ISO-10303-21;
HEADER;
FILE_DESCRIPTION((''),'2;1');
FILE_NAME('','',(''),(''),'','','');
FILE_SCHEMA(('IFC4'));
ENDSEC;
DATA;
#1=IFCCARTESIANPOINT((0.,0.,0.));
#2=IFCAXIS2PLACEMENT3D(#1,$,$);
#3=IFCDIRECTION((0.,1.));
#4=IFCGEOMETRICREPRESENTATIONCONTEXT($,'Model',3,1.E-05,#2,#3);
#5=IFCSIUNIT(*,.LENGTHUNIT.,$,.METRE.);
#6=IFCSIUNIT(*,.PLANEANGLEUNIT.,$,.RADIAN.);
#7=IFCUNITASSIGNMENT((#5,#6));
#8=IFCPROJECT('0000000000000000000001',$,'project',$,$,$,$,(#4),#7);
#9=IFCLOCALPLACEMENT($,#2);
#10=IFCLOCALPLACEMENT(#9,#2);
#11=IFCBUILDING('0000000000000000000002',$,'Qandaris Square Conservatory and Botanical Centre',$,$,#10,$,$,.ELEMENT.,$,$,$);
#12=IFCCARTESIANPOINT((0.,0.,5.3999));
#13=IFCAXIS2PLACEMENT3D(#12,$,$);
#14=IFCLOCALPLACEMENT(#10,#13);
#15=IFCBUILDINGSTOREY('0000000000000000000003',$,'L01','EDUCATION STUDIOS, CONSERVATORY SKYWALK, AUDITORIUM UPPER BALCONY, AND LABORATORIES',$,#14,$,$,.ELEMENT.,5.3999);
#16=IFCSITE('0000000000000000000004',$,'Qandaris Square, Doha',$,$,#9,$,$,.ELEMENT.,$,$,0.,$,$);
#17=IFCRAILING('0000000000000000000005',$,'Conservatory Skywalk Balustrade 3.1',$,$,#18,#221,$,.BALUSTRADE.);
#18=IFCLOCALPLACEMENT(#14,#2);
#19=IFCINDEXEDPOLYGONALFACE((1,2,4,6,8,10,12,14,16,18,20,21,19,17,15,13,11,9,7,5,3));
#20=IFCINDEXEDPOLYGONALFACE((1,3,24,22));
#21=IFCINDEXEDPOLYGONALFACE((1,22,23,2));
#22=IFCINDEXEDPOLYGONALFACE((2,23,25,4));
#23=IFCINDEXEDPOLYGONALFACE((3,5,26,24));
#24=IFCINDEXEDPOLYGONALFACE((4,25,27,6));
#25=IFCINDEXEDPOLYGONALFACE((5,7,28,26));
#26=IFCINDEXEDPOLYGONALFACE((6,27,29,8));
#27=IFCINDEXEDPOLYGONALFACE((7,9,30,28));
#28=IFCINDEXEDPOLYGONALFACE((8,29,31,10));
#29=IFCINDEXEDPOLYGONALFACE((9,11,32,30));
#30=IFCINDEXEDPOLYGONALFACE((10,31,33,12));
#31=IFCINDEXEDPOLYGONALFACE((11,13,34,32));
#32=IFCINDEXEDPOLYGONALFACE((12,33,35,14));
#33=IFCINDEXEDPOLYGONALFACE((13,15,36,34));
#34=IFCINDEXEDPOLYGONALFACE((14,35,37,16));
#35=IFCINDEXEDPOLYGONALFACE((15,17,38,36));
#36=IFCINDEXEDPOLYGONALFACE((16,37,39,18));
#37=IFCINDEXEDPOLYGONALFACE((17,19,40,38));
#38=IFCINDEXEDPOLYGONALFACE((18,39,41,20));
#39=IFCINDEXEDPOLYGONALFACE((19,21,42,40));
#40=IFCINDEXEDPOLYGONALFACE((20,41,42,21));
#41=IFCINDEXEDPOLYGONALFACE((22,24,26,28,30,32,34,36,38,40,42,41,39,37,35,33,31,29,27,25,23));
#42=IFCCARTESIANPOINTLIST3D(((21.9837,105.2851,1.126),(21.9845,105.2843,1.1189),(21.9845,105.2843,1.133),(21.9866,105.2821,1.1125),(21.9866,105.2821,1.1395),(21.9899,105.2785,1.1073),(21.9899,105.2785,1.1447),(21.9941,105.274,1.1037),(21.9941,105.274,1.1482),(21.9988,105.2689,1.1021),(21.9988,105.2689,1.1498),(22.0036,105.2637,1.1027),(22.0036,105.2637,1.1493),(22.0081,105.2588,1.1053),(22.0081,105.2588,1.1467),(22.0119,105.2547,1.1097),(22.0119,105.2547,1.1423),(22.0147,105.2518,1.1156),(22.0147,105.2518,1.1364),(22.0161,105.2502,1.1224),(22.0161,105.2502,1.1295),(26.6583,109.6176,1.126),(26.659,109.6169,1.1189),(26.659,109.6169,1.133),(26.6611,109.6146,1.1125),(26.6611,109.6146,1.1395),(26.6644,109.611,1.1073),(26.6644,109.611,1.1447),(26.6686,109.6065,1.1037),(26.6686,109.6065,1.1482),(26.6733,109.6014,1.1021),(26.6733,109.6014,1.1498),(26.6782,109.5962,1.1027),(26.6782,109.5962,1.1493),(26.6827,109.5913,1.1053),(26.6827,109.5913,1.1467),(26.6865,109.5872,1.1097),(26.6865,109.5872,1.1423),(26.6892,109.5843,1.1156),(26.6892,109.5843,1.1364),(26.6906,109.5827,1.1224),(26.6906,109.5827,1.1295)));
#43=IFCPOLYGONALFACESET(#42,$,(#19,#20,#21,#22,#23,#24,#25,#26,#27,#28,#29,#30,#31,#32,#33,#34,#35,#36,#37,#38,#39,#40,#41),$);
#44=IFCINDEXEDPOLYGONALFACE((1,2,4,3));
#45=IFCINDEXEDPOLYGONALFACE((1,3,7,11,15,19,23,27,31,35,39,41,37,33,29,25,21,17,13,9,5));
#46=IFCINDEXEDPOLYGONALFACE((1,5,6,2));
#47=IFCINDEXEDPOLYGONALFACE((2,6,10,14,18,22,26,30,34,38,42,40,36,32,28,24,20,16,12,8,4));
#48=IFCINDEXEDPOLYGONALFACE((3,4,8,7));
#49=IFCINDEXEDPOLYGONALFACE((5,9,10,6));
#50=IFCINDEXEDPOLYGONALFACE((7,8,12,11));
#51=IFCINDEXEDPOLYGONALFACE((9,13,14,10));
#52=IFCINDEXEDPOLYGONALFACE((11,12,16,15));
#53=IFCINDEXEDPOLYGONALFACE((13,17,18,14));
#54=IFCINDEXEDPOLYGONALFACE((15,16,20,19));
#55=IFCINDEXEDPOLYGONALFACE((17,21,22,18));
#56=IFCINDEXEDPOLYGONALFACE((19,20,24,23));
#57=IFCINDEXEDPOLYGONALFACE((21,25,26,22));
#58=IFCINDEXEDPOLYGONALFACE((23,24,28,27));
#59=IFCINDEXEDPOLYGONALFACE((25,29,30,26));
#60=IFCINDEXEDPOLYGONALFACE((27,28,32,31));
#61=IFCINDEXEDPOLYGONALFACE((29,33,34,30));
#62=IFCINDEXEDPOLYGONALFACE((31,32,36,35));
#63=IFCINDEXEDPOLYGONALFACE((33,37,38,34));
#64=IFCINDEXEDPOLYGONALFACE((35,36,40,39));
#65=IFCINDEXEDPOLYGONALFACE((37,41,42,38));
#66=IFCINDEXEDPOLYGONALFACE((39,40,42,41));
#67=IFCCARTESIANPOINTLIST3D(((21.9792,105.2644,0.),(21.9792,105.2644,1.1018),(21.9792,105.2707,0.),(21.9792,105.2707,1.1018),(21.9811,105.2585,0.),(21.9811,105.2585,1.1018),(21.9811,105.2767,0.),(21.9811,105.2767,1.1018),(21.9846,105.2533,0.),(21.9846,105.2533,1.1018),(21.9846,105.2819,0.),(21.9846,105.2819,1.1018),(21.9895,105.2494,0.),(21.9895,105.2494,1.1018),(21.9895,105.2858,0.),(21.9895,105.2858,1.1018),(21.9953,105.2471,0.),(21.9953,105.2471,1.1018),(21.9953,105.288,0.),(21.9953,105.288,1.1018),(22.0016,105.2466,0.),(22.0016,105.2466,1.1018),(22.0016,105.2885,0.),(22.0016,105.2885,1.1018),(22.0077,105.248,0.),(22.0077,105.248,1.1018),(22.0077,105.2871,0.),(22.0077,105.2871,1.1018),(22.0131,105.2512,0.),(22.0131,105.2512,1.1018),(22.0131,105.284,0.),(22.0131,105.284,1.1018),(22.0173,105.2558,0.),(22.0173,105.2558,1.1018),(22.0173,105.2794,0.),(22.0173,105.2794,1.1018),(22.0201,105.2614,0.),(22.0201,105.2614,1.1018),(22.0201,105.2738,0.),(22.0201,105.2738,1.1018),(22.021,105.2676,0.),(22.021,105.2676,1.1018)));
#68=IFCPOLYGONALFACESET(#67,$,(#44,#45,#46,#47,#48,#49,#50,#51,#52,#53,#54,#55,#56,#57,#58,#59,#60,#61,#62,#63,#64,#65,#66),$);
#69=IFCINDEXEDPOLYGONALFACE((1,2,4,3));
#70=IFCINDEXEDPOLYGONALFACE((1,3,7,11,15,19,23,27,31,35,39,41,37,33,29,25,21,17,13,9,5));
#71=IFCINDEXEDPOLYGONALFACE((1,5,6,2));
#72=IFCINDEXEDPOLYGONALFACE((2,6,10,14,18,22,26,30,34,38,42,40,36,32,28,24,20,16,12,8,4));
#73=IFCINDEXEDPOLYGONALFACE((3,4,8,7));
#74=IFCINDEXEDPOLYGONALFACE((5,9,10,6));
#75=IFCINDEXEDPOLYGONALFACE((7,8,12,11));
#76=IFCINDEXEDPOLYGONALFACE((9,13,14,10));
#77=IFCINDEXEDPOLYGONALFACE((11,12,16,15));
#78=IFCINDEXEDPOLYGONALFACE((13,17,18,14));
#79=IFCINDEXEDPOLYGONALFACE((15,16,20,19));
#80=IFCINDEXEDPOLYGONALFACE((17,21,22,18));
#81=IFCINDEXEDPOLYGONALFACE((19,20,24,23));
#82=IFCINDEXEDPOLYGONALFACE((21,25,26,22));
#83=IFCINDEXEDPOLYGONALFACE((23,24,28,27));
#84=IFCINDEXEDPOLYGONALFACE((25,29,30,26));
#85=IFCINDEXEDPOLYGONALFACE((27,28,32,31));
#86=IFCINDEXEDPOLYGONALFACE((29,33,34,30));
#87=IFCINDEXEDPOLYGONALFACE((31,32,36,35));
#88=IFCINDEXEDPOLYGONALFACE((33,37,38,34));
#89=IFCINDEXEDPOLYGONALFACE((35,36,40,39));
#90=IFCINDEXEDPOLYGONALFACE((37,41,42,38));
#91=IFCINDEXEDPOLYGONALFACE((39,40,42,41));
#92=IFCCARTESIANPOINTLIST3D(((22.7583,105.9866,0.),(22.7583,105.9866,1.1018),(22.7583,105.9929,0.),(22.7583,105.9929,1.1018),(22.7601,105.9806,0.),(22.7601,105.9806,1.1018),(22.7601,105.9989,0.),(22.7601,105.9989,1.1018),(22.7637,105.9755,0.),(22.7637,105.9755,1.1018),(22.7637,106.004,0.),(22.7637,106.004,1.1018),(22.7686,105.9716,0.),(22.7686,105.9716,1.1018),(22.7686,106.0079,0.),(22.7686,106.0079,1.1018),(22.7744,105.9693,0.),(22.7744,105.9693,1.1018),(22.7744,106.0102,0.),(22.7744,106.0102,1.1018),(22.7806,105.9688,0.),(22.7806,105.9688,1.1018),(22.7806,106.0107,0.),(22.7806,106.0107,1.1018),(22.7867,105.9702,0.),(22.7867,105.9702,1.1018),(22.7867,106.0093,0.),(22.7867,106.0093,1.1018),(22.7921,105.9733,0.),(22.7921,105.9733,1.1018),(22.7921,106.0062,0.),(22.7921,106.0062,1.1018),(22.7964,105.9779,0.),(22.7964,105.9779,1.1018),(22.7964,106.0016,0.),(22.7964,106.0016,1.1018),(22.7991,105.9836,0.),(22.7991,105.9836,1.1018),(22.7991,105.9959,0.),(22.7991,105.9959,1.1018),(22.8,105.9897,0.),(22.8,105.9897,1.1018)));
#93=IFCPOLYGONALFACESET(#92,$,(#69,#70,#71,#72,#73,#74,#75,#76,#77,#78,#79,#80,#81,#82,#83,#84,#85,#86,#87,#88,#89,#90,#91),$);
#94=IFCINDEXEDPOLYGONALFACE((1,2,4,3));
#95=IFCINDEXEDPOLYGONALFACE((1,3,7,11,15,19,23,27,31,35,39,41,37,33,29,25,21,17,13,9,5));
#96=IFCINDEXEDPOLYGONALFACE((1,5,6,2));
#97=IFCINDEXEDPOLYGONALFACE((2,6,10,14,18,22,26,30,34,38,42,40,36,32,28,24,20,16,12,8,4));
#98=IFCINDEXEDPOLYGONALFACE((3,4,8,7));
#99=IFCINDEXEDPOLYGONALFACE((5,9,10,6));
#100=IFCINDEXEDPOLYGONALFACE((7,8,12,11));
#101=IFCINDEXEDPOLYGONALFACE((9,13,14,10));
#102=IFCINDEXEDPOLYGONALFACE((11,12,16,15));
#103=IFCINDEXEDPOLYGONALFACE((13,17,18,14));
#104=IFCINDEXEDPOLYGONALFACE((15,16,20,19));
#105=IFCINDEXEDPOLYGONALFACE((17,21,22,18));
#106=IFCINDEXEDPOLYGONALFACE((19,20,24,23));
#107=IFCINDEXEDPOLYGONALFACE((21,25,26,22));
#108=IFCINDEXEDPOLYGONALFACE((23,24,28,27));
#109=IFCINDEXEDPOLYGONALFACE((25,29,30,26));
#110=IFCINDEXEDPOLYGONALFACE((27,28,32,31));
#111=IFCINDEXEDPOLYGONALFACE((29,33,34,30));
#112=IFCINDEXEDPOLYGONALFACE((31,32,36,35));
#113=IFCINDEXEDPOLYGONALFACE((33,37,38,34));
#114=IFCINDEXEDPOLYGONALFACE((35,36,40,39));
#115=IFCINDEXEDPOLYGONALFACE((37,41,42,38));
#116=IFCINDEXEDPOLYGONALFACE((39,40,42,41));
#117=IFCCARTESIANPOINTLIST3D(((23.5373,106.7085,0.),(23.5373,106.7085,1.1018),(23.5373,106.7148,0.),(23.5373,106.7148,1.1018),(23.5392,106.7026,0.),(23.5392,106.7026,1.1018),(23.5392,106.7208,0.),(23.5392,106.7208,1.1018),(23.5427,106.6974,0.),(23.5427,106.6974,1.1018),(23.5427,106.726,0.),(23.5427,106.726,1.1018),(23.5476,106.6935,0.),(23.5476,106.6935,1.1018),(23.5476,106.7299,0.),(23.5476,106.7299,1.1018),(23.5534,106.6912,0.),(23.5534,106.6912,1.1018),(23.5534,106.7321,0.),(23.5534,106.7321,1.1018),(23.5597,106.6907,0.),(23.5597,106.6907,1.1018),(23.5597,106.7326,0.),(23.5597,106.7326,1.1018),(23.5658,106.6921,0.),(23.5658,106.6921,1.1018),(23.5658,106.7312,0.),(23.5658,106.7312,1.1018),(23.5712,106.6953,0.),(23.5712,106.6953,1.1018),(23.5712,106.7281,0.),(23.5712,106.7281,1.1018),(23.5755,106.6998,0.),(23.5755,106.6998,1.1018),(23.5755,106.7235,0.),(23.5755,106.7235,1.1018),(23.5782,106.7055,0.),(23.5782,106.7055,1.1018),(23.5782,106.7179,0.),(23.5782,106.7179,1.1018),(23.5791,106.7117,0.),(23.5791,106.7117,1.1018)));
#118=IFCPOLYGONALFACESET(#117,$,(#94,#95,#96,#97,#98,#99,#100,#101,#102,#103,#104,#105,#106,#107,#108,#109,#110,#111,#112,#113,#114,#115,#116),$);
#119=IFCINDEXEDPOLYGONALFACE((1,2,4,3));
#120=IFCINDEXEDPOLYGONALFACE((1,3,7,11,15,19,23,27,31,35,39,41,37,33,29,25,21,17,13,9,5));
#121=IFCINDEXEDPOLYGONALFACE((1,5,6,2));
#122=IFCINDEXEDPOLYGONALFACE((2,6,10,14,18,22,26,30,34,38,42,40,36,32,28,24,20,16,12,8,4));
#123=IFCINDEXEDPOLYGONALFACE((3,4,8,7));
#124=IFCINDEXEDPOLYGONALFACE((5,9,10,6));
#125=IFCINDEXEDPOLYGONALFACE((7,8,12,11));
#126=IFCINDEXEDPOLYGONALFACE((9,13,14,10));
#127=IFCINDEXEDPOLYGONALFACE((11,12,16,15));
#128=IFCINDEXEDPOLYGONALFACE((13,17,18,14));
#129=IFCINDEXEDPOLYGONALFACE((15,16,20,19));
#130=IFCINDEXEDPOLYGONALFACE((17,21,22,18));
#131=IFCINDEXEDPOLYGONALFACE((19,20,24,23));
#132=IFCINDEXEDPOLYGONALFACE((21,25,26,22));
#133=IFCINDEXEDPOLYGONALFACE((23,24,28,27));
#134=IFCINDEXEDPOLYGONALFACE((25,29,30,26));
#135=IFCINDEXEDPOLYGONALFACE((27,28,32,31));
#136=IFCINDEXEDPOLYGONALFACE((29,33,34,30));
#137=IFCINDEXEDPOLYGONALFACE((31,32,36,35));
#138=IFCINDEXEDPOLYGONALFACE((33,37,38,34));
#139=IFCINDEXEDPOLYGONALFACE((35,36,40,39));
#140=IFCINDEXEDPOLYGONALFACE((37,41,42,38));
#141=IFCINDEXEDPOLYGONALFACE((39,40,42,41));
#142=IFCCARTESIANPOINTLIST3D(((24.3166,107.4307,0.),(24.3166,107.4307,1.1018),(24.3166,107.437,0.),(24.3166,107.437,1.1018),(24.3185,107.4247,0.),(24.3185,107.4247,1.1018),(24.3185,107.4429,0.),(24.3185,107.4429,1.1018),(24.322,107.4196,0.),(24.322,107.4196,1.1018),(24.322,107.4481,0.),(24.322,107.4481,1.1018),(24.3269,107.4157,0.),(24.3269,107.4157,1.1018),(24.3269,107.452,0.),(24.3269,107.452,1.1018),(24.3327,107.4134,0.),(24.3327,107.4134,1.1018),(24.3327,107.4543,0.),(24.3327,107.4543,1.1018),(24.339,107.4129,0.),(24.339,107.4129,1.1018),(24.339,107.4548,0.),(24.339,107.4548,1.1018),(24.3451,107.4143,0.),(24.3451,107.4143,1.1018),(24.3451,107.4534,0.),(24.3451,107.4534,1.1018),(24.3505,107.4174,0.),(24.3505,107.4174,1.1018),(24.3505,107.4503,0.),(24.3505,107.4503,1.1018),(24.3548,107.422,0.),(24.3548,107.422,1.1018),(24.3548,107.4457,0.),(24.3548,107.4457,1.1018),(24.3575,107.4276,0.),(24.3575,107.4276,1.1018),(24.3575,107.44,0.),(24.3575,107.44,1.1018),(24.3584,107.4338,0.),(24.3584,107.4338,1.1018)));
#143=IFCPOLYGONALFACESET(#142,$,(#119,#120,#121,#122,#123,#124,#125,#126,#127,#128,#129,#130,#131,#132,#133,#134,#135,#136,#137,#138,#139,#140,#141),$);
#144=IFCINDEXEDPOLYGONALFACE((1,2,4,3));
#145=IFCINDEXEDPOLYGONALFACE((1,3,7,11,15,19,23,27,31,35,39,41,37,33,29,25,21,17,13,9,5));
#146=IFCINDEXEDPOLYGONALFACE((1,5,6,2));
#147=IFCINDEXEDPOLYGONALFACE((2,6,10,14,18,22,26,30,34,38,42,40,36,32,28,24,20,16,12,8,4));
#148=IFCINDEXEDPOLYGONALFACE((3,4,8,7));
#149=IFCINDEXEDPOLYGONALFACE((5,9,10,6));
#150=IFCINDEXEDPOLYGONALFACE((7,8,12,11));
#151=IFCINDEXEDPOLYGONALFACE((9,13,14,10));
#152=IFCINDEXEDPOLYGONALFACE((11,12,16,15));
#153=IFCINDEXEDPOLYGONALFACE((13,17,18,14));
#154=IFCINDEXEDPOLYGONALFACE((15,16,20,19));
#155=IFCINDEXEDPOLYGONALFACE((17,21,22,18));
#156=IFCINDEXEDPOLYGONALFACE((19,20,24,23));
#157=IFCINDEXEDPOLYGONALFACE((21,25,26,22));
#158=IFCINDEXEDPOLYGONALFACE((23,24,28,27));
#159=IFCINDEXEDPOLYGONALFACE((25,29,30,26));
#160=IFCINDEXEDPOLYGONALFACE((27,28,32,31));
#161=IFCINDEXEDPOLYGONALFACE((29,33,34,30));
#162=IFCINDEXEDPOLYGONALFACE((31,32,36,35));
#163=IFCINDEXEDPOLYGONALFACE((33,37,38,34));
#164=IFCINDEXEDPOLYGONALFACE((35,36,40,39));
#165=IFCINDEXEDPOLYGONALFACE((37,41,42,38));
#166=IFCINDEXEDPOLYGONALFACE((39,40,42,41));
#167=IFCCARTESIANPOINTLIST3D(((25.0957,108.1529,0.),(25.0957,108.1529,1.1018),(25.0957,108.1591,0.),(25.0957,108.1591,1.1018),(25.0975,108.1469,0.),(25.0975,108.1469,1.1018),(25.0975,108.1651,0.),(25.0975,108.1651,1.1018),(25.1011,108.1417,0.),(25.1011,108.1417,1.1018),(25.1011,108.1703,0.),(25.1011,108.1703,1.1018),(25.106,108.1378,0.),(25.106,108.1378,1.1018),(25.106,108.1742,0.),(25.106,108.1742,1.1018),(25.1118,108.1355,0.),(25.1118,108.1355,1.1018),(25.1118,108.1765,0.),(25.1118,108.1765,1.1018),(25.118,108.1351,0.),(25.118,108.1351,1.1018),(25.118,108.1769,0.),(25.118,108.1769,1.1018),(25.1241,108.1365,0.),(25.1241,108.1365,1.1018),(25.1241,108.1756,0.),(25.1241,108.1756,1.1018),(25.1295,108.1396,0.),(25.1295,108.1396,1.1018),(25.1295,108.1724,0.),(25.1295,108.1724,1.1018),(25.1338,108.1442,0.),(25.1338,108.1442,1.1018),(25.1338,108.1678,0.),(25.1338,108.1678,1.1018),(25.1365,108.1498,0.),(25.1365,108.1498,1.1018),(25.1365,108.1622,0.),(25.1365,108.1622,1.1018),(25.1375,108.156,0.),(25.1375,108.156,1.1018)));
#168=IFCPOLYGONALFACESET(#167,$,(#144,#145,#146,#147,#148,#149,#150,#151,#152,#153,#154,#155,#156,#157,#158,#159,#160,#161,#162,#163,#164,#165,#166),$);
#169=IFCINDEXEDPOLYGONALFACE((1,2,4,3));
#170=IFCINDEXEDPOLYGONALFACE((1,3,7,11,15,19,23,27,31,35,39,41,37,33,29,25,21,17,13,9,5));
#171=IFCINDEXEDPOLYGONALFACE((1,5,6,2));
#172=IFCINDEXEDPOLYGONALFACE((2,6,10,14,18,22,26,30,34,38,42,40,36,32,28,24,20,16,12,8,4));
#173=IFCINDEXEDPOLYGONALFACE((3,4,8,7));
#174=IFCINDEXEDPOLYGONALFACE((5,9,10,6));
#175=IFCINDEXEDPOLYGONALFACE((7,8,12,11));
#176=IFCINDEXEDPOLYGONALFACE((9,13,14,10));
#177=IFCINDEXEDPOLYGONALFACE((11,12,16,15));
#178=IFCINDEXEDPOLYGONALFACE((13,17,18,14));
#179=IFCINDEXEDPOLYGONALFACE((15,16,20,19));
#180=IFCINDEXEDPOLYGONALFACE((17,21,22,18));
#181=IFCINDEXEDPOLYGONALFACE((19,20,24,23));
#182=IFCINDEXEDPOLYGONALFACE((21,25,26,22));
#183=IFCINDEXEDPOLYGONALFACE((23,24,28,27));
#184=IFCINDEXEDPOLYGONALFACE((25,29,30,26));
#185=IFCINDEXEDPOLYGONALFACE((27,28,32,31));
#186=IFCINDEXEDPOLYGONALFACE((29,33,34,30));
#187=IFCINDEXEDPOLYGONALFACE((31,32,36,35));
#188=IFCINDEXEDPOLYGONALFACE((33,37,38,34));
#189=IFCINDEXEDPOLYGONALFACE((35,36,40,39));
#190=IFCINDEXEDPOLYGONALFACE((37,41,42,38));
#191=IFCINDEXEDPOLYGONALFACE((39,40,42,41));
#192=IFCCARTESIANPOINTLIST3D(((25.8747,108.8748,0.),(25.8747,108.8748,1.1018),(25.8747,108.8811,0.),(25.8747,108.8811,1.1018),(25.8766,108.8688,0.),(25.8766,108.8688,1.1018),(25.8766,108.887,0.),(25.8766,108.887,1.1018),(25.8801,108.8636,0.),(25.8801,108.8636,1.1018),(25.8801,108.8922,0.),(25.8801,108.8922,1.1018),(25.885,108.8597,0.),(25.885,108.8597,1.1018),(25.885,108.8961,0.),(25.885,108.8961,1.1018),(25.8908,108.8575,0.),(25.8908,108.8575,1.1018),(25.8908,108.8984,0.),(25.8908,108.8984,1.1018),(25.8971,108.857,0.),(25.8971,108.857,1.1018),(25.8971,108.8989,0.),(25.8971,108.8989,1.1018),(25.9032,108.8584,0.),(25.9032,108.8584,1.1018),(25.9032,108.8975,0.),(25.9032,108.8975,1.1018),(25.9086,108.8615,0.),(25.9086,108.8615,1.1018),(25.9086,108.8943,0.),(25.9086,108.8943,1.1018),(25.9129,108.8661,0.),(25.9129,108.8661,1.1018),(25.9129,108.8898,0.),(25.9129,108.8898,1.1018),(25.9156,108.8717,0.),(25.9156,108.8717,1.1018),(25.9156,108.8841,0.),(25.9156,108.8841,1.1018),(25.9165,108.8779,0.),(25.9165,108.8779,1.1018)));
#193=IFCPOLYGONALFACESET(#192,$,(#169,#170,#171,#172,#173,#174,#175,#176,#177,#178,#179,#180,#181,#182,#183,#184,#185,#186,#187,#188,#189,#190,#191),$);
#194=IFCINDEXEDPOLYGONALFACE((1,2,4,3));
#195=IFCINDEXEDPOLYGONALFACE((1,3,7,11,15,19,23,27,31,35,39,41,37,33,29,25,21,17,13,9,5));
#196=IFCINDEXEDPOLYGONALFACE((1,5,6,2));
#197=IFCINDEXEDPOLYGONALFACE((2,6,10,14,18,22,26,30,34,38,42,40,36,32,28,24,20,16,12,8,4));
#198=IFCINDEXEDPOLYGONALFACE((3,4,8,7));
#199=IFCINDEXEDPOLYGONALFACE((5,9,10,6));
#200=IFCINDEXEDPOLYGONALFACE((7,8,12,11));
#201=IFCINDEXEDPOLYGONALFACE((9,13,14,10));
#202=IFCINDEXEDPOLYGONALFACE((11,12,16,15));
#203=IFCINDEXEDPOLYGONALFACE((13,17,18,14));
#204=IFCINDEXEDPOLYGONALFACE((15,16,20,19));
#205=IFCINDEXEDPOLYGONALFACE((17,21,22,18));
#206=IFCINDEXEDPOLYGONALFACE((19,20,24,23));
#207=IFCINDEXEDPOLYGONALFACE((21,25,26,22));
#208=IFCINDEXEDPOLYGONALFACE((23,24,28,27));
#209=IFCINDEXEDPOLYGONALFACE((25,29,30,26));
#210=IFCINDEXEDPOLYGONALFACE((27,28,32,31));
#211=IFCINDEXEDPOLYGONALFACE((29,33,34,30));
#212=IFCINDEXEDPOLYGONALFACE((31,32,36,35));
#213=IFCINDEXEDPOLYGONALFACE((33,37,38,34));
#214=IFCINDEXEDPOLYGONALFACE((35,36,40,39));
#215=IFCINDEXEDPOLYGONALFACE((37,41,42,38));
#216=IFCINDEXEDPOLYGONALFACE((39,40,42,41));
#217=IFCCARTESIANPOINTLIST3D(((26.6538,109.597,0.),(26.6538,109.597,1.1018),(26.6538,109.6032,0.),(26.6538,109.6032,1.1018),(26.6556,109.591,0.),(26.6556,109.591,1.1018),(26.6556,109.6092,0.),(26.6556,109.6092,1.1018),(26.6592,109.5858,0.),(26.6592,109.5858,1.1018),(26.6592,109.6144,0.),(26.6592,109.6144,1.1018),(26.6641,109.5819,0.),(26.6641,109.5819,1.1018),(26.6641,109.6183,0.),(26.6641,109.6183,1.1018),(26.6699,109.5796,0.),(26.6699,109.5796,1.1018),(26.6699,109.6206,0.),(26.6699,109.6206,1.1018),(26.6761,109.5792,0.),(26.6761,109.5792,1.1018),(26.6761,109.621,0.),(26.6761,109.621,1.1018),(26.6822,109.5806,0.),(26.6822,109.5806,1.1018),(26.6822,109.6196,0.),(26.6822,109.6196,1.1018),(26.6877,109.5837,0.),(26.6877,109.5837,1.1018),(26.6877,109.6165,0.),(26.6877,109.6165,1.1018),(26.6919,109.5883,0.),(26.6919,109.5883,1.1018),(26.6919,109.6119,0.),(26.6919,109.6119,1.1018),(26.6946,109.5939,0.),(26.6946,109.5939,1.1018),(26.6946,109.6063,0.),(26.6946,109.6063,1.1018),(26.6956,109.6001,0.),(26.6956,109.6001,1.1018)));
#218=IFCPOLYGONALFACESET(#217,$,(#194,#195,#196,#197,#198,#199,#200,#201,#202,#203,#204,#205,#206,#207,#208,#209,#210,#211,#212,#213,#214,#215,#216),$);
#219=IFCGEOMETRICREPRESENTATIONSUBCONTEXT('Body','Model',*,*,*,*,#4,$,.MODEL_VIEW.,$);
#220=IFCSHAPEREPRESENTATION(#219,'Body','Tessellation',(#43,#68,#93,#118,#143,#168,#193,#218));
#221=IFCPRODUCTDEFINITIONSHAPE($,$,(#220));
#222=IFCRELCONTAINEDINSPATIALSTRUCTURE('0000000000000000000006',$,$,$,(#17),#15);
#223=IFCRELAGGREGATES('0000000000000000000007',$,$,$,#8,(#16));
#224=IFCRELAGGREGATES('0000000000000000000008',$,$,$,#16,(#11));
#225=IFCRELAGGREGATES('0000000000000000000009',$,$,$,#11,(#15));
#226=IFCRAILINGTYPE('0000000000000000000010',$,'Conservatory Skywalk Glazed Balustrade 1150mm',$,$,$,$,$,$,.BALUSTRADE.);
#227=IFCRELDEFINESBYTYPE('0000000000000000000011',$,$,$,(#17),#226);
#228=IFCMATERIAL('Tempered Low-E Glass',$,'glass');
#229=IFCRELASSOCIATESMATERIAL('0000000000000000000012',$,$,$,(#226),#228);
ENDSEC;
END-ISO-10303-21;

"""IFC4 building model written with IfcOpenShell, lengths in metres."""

from ifc_helpers import new_model, si_unit, direction, frame, origin, origin_2d, place, context, subcontext, project, spatial, circle, extrude, material, type_object, element, save


model = new_model("IFC4")

# Units and contexts
model_context = context("Model", 3, precision=1e-05, world=origin(), true_north=direction((0.0, 1.0)))
body_context = subcontext(model_context, "Body", "Model", "MODEL_VIEW")
ifc_project = project(units=[si_unit("LENGTHUNIT", "METRE"), si_unit("PLANEANGLEUNIT", "RADIAN")], contexts=[model_context])

# Site, building, storey
site_placement = place(None, origin())
site = spatial("IfcSite", under=ifc_project, at=site_placement, Name="Qandaris Square, Doha", CompositionType="ELEMENT", RefElevation=0.0)
building_placement = place(site_placement, origin())
building = spatial("IfcBuilding", under=site, at=building_placement, Name="Qandaris Square Conservatory and Botanical Centre", CompositionType="ELEMENT")
storey_placement = place(building_placement, frame((0.0, 0.0, 5.3999)))
storey = spatial("IfcBuildingStorey", under=building, at=storey_placement, Name="L01", Description="EDUCATION STUDIOS, CONSERVATORY SKYWALK, AUDITORIUM UPPER BALCONY, AND LABORATORIES", CompositionType="ELEMENT", Elevation=5.3999)

# Shared definitions
ifc_material_1 = material(Name="Tempered Low-E Glass", Category="glass")

# Railing
railing_type = type_object("IfcRailingType", Name="Conservatory Skywalk Glazed Balustrade 1150mm", PredefinedType="BALUSTRADE", material=ifc_material_1)
railing_1_placement = place(storey_placement, frame((22.0, 105.2676, 0.0)))
element("IfcRailing", 1, at=railing_1_placement, inside=storey, type_object=railing_type, Name="Conservatory Skywalk Balustrade 3.1", PredefinedType="BALUSTRADE", context=body_context, shape_type="SweptSolid", body=[
    extrude(circle(Radius=0.0239, at=origin_2d()), frame((0.0, 0.0, 1.126), z_axis=(0.73343, 0.679765, 0.0), x_axis=(-0.679765, 0.73343, 0.0)), (0.0, 0.0, 1.0), 6.3735),
    extrude(circle(Radius=0.021, at=origin_2d()), origin(), (0.0, 0.0, 1.0), 1.1018),
    extrude(circle(Radius=0.021, at=origin_2d()), frame((0.7791, 0.7222, 0.0)), (0.0, 0.0, 1.0), 1.1018),
    extrude(circle(Radius=0.021, at=origin_2d()), frame((1.5581, 1.4441, 0.0)), (0.0, 0.0, 1.0), 1.1018),
    extrude(circle(Radius=0.021, at=origin_2d()), frame((2.3374, 2.1663, 0.0)), (0.0, 0.0, 1.0), 1.1018),
    extrude(circle(Radius=0.021, at=origin_2d()), frame((3.1165, 2.8884, 0.0)), (0.0, 0.0, 1.0), 1.1018),
    extrude(circle(Radius=0.021, at=origin_2d()), frame((3.8955, 3.6104, 0.0)), (0.0, 0.0, 1.0), 1.1018),
    extrude(circle(Radius=0.021, at=origin_2d()), frame((4.6746, 4.3325, 0.0)), (0.0, 0.0, 1.0), 1.1018),
])

save(model, "model.ifc")
